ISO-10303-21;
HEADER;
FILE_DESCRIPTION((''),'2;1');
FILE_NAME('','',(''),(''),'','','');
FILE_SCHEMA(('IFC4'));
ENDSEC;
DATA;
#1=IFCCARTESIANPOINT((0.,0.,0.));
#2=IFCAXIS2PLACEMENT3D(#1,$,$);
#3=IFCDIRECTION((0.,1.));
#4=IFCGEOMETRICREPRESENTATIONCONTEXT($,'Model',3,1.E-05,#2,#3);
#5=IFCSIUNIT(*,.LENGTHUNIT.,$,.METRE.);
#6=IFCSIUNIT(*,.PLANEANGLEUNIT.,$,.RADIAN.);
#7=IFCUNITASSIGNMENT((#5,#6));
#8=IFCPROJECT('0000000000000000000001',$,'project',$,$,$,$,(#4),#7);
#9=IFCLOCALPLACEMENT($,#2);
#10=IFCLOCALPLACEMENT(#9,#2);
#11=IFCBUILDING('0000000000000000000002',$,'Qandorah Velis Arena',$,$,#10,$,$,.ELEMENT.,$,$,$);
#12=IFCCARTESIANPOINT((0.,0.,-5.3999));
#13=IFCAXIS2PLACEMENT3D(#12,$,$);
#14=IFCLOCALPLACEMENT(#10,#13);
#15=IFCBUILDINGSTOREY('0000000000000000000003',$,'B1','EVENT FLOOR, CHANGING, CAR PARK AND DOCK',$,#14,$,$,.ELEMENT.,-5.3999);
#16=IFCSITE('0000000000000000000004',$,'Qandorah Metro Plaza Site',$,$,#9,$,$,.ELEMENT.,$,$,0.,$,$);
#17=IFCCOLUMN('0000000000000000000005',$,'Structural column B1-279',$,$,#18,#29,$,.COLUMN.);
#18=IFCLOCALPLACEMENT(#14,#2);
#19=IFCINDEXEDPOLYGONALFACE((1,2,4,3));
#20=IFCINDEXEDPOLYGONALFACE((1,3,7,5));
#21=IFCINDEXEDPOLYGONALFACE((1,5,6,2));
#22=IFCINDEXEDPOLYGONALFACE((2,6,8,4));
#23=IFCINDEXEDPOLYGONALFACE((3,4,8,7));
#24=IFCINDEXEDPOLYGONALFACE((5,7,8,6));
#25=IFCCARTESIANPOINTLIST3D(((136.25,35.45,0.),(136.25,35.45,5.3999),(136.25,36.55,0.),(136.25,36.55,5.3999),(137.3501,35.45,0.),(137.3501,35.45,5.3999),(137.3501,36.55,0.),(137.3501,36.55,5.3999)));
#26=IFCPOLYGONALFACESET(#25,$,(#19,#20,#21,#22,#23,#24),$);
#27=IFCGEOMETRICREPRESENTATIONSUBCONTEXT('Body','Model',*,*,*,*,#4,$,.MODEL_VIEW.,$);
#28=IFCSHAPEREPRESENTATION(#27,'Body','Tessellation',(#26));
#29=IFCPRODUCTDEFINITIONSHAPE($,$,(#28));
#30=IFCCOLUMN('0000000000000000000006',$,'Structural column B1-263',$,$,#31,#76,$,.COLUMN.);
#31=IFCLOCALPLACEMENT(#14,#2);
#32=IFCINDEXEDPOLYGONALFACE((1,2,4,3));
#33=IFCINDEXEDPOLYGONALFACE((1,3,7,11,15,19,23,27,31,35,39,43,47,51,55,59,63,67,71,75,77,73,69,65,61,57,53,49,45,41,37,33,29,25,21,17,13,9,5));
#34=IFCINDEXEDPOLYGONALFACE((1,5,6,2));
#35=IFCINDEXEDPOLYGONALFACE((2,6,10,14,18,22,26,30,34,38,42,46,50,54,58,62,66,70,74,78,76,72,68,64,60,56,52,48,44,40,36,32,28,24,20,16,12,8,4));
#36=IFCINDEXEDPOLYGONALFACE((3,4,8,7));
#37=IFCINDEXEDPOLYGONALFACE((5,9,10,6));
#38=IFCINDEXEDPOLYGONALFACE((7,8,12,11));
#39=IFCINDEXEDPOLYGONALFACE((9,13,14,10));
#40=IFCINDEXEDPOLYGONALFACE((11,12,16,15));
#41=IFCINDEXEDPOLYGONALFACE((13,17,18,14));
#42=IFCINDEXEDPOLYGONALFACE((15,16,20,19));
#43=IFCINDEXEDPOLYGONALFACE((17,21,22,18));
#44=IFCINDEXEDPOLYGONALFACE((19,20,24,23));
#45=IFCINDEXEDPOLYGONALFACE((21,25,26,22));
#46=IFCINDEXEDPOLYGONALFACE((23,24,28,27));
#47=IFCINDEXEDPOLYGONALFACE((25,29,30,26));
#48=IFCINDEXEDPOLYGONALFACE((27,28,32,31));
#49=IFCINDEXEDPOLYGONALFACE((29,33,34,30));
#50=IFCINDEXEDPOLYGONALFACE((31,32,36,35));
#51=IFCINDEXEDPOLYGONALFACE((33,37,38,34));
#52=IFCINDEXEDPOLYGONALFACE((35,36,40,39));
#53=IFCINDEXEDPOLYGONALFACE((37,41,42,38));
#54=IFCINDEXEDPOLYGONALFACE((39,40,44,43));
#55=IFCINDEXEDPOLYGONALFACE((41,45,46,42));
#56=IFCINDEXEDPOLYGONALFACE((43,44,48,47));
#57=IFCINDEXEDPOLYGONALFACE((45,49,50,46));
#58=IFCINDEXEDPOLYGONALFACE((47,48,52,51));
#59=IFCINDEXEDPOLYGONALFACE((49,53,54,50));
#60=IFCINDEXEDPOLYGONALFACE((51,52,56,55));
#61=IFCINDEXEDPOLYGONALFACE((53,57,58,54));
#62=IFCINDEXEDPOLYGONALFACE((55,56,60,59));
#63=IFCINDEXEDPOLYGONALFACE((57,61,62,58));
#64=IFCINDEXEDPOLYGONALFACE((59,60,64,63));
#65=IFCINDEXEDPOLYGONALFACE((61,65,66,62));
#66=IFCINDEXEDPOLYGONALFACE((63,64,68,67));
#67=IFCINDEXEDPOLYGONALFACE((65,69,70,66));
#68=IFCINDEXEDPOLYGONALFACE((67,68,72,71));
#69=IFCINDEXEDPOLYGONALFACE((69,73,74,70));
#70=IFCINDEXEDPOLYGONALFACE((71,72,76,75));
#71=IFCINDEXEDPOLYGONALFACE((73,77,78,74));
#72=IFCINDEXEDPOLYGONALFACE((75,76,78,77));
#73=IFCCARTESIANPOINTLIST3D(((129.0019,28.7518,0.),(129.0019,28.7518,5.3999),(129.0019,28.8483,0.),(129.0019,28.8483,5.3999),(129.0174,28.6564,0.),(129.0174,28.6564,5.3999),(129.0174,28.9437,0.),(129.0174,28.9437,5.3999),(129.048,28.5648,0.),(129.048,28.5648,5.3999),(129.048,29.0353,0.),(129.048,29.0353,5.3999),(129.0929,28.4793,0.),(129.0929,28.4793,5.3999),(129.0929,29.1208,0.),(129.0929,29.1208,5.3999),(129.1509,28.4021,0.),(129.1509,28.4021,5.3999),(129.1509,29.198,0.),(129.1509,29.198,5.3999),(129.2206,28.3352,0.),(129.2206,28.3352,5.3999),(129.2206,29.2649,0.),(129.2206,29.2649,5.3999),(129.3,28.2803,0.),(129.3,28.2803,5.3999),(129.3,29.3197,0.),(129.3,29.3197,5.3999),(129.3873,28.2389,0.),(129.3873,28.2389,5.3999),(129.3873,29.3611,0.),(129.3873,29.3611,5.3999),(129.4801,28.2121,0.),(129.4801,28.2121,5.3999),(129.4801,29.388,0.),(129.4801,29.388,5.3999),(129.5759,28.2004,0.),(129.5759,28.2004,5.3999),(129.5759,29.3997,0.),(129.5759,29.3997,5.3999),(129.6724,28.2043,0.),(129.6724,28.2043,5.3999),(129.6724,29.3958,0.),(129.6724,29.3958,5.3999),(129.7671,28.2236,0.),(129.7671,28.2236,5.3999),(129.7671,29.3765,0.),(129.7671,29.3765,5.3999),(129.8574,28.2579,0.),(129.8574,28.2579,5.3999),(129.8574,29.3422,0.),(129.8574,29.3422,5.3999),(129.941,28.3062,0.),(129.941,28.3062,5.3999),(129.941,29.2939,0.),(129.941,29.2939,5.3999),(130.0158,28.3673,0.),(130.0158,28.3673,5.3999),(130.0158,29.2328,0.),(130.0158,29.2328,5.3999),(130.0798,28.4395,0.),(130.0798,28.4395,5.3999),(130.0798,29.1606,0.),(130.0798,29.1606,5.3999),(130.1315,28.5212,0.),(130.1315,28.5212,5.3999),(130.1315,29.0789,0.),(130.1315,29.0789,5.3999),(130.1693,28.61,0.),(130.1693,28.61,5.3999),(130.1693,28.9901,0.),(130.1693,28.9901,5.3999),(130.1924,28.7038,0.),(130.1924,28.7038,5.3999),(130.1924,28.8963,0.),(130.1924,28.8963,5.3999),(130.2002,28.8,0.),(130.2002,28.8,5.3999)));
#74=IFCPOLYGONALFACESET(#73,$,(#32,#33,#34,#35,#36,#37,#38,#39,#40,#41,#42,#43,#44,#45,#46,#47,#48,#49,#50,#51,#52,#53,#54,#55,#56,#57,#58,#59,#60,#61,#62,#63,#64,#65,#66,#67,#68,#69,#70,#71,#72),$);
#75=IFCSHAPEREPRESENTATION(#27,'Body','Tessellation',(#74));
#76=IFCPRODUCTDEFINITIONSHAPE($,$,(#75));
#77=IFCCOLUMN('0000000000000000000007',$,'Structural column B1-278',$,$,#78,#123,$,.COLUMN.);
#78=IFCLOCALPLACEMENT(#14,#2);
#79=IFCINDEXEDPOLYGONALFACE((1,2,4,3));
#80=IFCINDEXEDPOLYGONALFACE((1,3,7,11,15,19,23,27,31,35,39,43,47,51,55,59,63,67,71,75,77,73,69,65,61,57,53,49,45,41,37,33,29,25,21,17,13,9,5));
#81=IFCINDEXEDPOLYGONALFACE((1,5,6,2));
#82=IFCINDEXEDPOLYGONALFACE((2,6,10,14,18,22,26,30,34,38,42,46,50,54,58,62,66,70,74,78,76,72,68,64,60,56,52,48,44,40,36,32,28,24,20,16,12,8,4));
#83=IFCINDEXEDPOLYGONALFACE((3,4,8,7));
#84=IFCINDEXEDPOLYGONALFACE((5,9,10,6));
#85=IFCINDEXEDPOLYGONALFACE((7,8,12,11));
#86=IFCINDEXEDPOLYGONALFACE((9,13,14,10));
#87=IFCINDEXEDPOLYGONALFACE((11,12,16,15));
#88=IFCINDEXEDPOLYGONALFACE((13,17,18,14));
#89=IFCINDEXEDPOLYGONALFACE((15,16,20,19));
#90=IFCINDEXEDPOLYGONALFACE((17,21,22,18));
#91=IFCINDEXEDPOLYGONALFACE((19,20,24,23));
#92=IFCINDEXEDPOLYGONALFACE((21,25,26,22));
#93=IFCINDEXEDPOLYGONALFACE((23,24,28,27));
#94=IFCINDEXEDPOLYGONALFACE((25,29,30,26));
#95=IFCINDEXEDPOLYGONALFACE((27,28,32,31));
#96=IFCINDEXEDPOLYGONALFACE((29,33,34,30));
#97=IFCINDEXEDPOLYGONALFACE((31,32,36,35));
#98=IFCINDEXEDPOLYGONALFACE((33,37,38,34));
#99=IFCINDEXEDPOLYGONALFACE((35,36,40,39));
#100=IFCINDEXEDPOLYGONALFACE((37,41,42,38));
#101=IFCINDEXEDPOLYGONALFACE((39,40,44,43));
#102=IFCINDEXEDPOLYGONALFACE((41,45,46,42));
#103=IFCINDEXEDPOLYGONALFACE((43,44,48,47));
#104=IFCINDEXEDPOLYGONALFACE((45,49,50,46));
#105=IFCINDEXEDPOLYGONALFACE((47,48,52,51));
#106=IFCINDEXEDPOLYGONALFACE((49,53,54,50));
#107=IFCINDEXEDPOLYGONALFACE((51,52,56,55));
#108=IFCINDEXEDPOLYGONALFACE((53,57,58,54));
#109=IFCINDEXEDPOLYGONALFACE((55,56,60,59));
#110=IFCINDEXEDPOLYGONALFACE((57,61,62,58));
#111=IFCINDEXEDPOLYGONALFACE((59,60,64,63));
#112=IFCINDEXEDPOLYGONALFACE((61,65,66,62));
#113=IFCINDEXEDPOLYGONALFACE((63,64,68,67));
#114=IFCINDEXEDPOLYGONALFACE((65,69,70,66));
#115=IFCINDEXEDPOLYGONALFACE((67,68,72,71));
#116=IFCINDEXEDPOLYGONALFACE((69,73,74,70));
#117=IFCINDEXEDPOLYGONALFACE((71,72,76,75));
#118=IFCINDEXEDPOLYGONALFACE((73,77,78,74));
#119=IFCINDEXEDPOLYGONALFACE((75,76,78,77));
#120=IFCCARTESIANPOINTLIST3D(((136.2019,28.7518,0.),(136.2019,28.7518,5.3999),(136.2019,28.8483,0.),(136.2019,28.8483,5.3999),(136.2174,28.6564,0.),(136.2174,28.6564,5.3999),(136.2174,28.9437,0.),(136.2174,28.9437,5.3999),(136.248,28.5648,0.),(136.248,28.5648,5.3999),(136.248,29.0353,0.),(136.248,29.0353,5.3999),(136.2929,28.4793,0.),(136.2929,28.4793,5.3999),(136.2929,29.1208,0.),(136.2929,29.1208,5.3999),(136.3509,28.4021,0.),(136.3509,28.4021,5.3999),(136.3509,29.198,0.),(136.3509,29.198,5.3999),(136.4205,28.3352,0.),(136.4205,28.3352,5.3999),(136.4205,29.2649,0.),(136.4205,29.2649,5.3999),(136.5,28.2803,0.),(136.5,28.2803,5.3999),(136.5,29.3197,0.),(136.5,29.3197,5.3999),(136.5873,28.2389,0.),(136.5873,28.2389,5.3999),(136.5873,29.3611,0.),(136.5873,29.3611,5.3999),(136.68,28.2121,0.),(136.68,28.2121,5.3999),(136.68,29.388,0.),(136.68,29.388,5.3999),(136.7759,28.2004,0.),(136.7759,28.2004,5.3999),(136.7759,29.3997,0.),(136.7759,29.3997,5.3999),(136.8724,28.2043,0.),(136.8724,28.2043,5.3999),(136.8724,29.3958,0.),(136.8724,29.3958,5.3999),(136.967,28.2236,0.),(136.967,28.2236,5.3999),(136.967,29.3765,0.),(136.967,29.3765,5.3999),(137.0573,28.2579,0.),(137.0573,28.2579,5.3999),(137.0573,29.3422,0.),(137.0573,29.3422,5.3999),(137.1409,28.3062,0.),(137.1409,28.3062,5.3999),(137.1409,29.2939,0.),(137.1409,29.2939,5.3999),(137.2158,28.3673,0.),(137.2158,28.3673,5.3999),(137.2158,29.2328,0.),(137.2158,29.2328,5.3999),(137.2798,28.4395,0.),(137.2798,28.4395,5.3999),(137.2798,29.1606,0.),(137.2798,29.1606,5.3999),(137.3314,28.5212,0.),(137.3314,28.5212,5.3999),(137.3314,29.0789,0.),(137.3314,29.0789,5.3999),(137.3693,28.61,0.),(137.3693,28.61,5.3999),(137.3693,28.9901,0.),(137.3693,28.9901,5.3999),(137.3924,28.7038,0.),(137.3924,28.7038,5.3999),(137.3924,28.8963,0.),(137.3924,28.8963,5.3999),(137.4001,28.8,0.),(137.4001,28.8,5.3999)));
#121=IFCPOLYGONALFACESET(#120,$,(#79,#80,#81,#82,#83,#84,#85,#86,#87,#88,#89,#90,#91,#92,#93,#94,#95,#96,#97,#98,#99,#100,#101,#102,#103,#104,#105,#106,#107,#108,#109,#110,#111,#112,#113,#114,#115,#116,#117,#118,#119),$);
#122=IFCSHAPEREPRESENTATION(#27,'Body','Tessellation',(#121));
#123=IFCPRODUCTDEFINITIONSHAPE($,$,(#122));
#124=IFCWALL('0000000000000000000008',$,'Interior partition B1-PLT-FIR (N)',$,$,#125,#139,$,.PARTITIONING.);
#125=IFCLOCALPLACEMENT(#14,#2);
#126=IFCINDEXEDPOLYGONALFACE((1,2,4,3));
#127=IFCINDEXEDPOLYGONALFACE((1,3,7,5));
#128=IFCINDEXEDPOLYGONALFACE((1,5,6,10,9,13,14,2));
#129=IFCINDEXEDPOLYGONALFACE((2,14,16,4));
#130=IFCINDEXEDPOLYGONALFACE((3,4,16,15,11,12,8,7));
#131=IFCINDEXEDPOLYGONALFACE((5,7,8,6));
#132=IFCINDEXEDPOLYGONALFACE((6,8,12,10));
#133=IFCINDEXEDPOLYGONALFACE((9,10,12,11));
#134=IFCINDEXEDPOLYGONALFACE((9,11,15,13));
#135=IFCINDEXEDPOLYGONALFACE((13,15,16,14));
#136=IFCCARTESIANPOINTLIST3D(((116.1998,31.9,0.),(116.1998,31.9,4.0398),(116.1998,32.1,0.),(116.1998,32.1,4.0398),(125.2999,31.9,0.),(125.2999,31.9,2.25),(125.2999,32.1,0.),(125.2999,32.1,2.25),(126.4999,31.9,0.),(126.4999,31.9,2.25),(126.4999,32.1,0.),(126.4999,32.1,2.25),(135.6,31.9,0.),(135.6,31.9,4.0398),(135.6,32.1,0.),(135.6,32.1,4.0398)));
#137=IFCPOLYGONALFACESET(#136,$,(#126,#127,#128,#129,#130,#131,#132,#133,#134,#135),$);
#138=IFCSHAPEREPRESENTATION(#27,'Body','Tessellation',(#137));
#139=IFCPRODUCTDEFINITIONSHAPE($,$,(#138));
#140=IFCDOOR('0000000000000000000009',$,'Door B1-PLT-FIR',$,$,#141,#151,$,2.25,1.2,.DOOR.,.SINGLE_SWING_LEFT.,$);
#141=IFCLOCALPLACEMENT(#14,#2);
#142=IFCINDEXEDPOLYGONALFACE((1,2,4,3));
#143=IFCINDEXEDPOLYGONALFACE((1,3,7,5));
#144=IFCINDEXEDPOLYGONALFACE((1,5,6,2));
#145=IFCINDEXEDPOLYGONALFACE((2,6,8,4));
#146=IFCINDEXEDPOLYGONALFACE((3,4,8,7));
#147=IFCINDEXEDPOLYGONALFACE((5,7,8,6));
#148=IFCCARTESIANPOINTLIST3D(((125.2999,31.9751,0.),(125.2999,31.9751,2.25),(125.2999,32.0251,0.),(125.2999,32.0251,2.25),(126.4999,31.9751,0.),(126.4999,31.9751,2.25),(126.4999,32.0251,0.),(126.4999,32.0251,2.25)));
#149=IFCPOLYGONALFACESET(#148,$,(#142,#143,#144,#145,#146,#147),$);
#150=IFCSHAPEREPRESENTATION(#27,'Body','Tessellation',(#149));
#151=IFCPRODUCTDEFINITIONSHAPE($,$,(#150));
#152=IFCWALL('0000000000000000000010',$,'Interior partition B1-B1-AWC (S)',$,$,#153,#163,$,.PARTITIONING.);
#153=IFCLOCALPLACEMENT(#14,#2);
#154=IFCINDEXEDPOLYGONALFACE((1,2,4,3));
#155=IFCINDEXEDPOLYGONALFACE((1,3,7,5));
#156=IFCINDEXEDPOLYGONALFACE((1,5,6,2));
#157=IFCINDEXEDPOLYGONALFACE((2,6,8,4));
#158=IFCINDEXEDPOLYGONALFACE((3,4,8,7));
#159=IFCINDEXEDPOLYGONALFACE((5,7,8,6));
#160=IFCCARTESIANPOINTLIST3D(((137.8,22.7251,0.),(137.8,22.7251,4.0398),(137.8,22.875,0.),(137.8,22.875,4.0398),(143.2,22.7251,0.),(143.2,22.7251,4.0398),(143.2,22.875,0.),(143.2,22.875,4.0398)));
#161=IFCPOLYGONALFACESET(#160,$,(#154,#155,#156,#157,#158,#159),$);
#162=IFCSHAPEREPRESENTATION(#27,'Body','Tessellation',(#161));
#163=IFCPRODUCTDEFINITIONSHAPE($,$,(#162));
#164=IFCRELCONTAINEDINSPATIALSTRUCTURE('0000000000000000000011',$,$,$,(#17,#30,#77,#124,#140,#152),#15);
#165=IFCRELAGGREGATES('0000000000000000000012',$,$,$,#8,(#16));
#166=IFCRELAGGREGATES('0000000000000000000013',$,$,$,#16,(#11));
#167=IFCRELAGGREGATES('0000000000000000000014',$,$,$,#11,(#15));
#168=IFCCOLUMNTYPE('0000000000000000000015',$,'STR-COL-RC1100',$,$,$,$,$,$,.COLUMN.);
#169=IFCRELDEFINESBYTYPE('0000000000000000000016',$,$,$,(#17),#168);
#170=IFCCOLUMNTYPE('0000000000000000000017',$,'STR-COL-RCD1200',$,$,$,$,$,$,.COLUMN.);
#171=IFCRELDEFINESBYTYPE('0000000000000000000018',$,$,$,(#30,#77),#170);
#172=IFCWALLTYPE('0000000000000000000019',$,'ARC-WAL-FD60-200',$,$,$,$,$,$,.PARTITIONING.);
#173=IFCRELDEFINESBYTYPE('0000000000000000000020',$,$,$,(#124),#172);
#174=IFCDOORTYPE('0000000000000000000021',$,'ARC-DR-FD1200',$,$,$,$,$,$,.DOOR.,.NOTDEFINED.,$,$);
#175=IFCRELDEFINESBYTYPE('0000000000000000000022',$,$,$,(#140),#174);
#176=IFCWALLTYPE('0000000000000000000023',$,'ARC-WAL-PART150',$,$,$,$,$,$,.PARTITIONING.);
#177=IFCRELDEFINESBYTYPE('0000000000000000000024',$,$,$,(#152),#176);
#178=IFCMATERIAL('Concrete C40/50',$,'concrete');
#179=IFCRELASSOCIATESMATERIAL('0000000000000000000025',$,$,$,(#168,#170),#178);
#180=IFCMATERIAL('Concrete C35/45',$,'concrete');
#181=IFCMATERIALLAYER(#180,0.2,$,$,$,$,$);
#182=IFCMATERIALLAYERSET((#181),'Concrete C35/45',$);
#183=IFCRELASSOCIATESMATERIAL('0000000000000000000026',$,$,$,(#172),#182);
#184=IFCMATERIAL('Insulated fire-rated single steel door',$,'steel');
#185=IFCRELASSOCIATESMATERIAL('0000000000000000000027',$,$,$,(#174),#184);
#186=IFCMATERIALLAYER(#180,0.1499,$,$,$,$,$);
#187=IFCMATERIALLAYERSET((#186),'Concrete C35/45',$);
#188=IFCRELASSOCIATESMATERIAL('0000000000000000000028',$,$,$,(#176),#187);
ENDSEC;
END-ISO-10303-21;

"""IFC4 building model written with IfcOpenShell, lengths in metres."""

from ifc_helpers import new_model, si_unit, direction, frame, frame_2d, origin, origin_2d, place, context, subcontext, project, spatial, rectangle, circle, extrude, material, layer, layer_set, material_profile, profile_set, type_object, element, fill, save


model = new_model("IFC4")

# Units and contexts
model_context = context("Model", 3, precision=1e-05, world=origin(), true_north=direction((0.0, 1.0)))
body_context = subcontext(model_context, "Body", "Model", "MODEL_VIEW")
ifc_project = project(units=[si_unit("LENGTHUNIT", "METRE"), si_unit("PLANEANGLEUNIT", "RADIAN")], contexts=[model_context])

# Site, building, storey
site_placement = place(None, origin())
site = spatial("IfcSite", under=ifc_project, at=site_placement, Name="Qandorah Metro Plaza Site", CompositionType="ELEMENT", RefElevation=0.0)
building_placement = place(site_placement, origin())
building = spatial("IfcBuilding", under=site, at=building_placement, Name="Qandorah Velis Arena", CompositionType="ELEMENT")
storey_placement = place(building_placement, frame((0.0, 0.0, -5.3999)))
storey = spatial("IfcBuildingStorey", under=building, at=storey_placement, Name="B1", Description="EVENT FLOOR, CHANGING, CAR PARK AND DOCK", CompositionType="ELEMENT", Elevation=-5.3999)

# Shared definitions
ifc_material_1 = material(Name="Concrete C40/50", Category="concrete")

# Columns
ifc_material_profile_1 = material_profile(ifc_material_1, rectangle(XDim=1.1001, YDim=1.1001, at=origin_2d()), Name="RC COL 1100x1100")
ifc_profile_set_1 = profile_set([ifc_material_profile_1], Name="Concrete C40/50")
column_type_1 = type_object("IfcColumnType", Name="STR-COL-RC1100", PredefinedType="COLUMN", material=ifc_profile_set_1)
for number, where, z_axis, x_axis, name in (
    (1, (136.8, 36.0, 0.0), (0.0, 0.0, 1.0), (1.0, 0.0, 0.0), "Structural column B1-279"),
):
    element("IfcColumn", number, at=place(storey_placement, frame(where, z_axis=z_axis, x_axis=x_axis)), inside=storey, type_object=column_type_1, Name=name, PredefinedType="COLUMN", context=body_context, shape_type="SweptSolid", body=[
        extrude(rectangle(XDim=1.1001, YDim=1.1001, at=origin_2d()), origin(), (0.0, 0.0, 1.0), 5.3999),
    ])
ifc_material_profile_2 = material_profile(ifc_material_1, circle(Radius=0.6001, at=origin_2d()), Name="RC D1200")
ifc_profile_set_2 = profile_set([ifc_material_profile_2], Name="Concrete C40/50")
column_type_2 = type_object("IfcColumnType", Name="STR-COL-RCD1200", PredefinedType="COLUMN", material=ifc_profile_set_2)
for number, where, z_axis, x_axis, name in (
    (2, (129.6001, 28.8, 0.0), (0.0, 0.0, 1.0), (1.0, 0.0, 0.0), "Structural column B1-263"),
    (3, (136.8, 28.8, 0.0), (0.0, 0.0, 1.0), (1.0, 0.0, 0.0), "Structural column B1-278"),
):
    element("IfcColumn", number, at=place(storey_placement, frame(where, z_axis=z_axis, x_axis=x_axis)), inside=storey, type_object=column_type_2, Name=name, PredefinedType="COLUMN", context=body_context, shape_type="SweptSolid", body=[
        extrude(circle(Radius=0.6001, at=origin_2d()), origin(), (0.0, 0.0, 1.0), 5.3999),
    ])

# Wall, opening, door
ifc_material_2 = material(Name="Concrete C35/45", Category="concrete")
ifc_layer_1 = layer(ifc_material_2, 0.2)
ifc_layer_set_1 = layer_set([ifc_layer_1], Name="Concrete C35/45")
wall_type_1 = type_object("IfcWallType", Name="ARC-WAL-FD60-200", PredefinedType="PARTITIONING", material=ifc_layer_set_1)
wall_1_placement = place(storey_placement, frame((135.6001, 32.0, 0.0), z_axis=(0.0, 0.0, 1.0), x_axis=(-1.0, 0.0, 0.0)))
wall_1 = element("IfcWall", 4, at=wall_1_placement, inside=storey, type_object=wall_type_1, Name="Interior partition B1-PLT-FIR (N)", PredefinedType="PARTITIONING", context=body_context, shape_type="SweptSolid", body=[
    extrude(rectangle(XDim=19.4001, YDim=0.2, at=frame_2d((9.7002, 0.0))), origin(), (0.0, 0.0, 1.0), 4.0398),
])
opening_1_placement = place(wall_1_placement, frame((9.1001, 0.0, 0.0)))
opening_1 = element("IfcOpeningElement", 5, at=opening_1_placement, cuts=wall_1, PredefinedType="OPENING", context=body_context, shape_type="SweptSolid", body=[
    extrude(rectangle(XDim=1.2, YDim=2.25, at=frame_2d((0.6001, 1.125))), frame((0.0, 0.1099, 0.0), z_axis=(0.0, -1.0, 0.0), x_axis=(1.0, 0.0, 0.0)), (0.0, 0.0, 1.0), 0.22),
])
ifc_material_3 = material(Name="Insulated fire-rated single steel door", Category="steel")
door_type_1 = type_object("IfcDoorType", Name="ARC-DR-FD1200", OperationType="NOTDEFINED", PredefinedType="DOOR", material=ifc_material_3)
door_1_placement = place(opening_1_placement, origin())
door_1 = element("IfcDoor", 6, at=door_1_placement, inside=storey, type_object=door_type_1, Name="Door B1-PLT-FIR", OperationType="SINGLE_SWING_LEFT", OverallHeight=2.25, OverallWidth=1.2, PredefinedType="DOOR", context=body_context, shape_type="SweptSolid", body=[
    extrude(rectangle(XDim=1.2, YDim=2.25, at=frame_2d((0.6001, 1.125))), frame((0.0, 0.0249, 0.0), z_axis=(0.0, -1.0, 0.0), x_axis=(1.0, 0.0, 0.0)), (0.0, 0.0, 1.0), 0.05),
])
fill(opening_1, door_1)

# Wall
ifc_layer_2 = layer(ifc_material_2, 0.1499)
ifc_layer_set_2 = layer_set([ifc_layer_2], Name="Concrete C35/45")
wall_type_2 = type_object("IfcWallType", Name="ARC-WAL-PART150", PredefinedType="PARTITIONING", material=ifc_layer_set_2)
wall_2_placement = place(storey_placement, frame((137.8, 22.8, 0.0), z_axis=(0.0, 0.0, 1.0), x_axis=(1.0, 0.0, 0.0)))
element("IfcWall", 7, at=wall_2_placement, inside=storey, type_object=wall_type_2, Name="Interior partition B1-B1-AWC (S)", PredefinedType="PARTITIONING", context=body_context, shape_type="SweptSolid", body=[
    extrude(rectangle(XDim=5.3999, YDim=0.1499, at=frame_2d((2.7, 0.0))), origin(), (0.0, 0.0, 1.0), 4.0398),
])

save(model, "model.ifc")
